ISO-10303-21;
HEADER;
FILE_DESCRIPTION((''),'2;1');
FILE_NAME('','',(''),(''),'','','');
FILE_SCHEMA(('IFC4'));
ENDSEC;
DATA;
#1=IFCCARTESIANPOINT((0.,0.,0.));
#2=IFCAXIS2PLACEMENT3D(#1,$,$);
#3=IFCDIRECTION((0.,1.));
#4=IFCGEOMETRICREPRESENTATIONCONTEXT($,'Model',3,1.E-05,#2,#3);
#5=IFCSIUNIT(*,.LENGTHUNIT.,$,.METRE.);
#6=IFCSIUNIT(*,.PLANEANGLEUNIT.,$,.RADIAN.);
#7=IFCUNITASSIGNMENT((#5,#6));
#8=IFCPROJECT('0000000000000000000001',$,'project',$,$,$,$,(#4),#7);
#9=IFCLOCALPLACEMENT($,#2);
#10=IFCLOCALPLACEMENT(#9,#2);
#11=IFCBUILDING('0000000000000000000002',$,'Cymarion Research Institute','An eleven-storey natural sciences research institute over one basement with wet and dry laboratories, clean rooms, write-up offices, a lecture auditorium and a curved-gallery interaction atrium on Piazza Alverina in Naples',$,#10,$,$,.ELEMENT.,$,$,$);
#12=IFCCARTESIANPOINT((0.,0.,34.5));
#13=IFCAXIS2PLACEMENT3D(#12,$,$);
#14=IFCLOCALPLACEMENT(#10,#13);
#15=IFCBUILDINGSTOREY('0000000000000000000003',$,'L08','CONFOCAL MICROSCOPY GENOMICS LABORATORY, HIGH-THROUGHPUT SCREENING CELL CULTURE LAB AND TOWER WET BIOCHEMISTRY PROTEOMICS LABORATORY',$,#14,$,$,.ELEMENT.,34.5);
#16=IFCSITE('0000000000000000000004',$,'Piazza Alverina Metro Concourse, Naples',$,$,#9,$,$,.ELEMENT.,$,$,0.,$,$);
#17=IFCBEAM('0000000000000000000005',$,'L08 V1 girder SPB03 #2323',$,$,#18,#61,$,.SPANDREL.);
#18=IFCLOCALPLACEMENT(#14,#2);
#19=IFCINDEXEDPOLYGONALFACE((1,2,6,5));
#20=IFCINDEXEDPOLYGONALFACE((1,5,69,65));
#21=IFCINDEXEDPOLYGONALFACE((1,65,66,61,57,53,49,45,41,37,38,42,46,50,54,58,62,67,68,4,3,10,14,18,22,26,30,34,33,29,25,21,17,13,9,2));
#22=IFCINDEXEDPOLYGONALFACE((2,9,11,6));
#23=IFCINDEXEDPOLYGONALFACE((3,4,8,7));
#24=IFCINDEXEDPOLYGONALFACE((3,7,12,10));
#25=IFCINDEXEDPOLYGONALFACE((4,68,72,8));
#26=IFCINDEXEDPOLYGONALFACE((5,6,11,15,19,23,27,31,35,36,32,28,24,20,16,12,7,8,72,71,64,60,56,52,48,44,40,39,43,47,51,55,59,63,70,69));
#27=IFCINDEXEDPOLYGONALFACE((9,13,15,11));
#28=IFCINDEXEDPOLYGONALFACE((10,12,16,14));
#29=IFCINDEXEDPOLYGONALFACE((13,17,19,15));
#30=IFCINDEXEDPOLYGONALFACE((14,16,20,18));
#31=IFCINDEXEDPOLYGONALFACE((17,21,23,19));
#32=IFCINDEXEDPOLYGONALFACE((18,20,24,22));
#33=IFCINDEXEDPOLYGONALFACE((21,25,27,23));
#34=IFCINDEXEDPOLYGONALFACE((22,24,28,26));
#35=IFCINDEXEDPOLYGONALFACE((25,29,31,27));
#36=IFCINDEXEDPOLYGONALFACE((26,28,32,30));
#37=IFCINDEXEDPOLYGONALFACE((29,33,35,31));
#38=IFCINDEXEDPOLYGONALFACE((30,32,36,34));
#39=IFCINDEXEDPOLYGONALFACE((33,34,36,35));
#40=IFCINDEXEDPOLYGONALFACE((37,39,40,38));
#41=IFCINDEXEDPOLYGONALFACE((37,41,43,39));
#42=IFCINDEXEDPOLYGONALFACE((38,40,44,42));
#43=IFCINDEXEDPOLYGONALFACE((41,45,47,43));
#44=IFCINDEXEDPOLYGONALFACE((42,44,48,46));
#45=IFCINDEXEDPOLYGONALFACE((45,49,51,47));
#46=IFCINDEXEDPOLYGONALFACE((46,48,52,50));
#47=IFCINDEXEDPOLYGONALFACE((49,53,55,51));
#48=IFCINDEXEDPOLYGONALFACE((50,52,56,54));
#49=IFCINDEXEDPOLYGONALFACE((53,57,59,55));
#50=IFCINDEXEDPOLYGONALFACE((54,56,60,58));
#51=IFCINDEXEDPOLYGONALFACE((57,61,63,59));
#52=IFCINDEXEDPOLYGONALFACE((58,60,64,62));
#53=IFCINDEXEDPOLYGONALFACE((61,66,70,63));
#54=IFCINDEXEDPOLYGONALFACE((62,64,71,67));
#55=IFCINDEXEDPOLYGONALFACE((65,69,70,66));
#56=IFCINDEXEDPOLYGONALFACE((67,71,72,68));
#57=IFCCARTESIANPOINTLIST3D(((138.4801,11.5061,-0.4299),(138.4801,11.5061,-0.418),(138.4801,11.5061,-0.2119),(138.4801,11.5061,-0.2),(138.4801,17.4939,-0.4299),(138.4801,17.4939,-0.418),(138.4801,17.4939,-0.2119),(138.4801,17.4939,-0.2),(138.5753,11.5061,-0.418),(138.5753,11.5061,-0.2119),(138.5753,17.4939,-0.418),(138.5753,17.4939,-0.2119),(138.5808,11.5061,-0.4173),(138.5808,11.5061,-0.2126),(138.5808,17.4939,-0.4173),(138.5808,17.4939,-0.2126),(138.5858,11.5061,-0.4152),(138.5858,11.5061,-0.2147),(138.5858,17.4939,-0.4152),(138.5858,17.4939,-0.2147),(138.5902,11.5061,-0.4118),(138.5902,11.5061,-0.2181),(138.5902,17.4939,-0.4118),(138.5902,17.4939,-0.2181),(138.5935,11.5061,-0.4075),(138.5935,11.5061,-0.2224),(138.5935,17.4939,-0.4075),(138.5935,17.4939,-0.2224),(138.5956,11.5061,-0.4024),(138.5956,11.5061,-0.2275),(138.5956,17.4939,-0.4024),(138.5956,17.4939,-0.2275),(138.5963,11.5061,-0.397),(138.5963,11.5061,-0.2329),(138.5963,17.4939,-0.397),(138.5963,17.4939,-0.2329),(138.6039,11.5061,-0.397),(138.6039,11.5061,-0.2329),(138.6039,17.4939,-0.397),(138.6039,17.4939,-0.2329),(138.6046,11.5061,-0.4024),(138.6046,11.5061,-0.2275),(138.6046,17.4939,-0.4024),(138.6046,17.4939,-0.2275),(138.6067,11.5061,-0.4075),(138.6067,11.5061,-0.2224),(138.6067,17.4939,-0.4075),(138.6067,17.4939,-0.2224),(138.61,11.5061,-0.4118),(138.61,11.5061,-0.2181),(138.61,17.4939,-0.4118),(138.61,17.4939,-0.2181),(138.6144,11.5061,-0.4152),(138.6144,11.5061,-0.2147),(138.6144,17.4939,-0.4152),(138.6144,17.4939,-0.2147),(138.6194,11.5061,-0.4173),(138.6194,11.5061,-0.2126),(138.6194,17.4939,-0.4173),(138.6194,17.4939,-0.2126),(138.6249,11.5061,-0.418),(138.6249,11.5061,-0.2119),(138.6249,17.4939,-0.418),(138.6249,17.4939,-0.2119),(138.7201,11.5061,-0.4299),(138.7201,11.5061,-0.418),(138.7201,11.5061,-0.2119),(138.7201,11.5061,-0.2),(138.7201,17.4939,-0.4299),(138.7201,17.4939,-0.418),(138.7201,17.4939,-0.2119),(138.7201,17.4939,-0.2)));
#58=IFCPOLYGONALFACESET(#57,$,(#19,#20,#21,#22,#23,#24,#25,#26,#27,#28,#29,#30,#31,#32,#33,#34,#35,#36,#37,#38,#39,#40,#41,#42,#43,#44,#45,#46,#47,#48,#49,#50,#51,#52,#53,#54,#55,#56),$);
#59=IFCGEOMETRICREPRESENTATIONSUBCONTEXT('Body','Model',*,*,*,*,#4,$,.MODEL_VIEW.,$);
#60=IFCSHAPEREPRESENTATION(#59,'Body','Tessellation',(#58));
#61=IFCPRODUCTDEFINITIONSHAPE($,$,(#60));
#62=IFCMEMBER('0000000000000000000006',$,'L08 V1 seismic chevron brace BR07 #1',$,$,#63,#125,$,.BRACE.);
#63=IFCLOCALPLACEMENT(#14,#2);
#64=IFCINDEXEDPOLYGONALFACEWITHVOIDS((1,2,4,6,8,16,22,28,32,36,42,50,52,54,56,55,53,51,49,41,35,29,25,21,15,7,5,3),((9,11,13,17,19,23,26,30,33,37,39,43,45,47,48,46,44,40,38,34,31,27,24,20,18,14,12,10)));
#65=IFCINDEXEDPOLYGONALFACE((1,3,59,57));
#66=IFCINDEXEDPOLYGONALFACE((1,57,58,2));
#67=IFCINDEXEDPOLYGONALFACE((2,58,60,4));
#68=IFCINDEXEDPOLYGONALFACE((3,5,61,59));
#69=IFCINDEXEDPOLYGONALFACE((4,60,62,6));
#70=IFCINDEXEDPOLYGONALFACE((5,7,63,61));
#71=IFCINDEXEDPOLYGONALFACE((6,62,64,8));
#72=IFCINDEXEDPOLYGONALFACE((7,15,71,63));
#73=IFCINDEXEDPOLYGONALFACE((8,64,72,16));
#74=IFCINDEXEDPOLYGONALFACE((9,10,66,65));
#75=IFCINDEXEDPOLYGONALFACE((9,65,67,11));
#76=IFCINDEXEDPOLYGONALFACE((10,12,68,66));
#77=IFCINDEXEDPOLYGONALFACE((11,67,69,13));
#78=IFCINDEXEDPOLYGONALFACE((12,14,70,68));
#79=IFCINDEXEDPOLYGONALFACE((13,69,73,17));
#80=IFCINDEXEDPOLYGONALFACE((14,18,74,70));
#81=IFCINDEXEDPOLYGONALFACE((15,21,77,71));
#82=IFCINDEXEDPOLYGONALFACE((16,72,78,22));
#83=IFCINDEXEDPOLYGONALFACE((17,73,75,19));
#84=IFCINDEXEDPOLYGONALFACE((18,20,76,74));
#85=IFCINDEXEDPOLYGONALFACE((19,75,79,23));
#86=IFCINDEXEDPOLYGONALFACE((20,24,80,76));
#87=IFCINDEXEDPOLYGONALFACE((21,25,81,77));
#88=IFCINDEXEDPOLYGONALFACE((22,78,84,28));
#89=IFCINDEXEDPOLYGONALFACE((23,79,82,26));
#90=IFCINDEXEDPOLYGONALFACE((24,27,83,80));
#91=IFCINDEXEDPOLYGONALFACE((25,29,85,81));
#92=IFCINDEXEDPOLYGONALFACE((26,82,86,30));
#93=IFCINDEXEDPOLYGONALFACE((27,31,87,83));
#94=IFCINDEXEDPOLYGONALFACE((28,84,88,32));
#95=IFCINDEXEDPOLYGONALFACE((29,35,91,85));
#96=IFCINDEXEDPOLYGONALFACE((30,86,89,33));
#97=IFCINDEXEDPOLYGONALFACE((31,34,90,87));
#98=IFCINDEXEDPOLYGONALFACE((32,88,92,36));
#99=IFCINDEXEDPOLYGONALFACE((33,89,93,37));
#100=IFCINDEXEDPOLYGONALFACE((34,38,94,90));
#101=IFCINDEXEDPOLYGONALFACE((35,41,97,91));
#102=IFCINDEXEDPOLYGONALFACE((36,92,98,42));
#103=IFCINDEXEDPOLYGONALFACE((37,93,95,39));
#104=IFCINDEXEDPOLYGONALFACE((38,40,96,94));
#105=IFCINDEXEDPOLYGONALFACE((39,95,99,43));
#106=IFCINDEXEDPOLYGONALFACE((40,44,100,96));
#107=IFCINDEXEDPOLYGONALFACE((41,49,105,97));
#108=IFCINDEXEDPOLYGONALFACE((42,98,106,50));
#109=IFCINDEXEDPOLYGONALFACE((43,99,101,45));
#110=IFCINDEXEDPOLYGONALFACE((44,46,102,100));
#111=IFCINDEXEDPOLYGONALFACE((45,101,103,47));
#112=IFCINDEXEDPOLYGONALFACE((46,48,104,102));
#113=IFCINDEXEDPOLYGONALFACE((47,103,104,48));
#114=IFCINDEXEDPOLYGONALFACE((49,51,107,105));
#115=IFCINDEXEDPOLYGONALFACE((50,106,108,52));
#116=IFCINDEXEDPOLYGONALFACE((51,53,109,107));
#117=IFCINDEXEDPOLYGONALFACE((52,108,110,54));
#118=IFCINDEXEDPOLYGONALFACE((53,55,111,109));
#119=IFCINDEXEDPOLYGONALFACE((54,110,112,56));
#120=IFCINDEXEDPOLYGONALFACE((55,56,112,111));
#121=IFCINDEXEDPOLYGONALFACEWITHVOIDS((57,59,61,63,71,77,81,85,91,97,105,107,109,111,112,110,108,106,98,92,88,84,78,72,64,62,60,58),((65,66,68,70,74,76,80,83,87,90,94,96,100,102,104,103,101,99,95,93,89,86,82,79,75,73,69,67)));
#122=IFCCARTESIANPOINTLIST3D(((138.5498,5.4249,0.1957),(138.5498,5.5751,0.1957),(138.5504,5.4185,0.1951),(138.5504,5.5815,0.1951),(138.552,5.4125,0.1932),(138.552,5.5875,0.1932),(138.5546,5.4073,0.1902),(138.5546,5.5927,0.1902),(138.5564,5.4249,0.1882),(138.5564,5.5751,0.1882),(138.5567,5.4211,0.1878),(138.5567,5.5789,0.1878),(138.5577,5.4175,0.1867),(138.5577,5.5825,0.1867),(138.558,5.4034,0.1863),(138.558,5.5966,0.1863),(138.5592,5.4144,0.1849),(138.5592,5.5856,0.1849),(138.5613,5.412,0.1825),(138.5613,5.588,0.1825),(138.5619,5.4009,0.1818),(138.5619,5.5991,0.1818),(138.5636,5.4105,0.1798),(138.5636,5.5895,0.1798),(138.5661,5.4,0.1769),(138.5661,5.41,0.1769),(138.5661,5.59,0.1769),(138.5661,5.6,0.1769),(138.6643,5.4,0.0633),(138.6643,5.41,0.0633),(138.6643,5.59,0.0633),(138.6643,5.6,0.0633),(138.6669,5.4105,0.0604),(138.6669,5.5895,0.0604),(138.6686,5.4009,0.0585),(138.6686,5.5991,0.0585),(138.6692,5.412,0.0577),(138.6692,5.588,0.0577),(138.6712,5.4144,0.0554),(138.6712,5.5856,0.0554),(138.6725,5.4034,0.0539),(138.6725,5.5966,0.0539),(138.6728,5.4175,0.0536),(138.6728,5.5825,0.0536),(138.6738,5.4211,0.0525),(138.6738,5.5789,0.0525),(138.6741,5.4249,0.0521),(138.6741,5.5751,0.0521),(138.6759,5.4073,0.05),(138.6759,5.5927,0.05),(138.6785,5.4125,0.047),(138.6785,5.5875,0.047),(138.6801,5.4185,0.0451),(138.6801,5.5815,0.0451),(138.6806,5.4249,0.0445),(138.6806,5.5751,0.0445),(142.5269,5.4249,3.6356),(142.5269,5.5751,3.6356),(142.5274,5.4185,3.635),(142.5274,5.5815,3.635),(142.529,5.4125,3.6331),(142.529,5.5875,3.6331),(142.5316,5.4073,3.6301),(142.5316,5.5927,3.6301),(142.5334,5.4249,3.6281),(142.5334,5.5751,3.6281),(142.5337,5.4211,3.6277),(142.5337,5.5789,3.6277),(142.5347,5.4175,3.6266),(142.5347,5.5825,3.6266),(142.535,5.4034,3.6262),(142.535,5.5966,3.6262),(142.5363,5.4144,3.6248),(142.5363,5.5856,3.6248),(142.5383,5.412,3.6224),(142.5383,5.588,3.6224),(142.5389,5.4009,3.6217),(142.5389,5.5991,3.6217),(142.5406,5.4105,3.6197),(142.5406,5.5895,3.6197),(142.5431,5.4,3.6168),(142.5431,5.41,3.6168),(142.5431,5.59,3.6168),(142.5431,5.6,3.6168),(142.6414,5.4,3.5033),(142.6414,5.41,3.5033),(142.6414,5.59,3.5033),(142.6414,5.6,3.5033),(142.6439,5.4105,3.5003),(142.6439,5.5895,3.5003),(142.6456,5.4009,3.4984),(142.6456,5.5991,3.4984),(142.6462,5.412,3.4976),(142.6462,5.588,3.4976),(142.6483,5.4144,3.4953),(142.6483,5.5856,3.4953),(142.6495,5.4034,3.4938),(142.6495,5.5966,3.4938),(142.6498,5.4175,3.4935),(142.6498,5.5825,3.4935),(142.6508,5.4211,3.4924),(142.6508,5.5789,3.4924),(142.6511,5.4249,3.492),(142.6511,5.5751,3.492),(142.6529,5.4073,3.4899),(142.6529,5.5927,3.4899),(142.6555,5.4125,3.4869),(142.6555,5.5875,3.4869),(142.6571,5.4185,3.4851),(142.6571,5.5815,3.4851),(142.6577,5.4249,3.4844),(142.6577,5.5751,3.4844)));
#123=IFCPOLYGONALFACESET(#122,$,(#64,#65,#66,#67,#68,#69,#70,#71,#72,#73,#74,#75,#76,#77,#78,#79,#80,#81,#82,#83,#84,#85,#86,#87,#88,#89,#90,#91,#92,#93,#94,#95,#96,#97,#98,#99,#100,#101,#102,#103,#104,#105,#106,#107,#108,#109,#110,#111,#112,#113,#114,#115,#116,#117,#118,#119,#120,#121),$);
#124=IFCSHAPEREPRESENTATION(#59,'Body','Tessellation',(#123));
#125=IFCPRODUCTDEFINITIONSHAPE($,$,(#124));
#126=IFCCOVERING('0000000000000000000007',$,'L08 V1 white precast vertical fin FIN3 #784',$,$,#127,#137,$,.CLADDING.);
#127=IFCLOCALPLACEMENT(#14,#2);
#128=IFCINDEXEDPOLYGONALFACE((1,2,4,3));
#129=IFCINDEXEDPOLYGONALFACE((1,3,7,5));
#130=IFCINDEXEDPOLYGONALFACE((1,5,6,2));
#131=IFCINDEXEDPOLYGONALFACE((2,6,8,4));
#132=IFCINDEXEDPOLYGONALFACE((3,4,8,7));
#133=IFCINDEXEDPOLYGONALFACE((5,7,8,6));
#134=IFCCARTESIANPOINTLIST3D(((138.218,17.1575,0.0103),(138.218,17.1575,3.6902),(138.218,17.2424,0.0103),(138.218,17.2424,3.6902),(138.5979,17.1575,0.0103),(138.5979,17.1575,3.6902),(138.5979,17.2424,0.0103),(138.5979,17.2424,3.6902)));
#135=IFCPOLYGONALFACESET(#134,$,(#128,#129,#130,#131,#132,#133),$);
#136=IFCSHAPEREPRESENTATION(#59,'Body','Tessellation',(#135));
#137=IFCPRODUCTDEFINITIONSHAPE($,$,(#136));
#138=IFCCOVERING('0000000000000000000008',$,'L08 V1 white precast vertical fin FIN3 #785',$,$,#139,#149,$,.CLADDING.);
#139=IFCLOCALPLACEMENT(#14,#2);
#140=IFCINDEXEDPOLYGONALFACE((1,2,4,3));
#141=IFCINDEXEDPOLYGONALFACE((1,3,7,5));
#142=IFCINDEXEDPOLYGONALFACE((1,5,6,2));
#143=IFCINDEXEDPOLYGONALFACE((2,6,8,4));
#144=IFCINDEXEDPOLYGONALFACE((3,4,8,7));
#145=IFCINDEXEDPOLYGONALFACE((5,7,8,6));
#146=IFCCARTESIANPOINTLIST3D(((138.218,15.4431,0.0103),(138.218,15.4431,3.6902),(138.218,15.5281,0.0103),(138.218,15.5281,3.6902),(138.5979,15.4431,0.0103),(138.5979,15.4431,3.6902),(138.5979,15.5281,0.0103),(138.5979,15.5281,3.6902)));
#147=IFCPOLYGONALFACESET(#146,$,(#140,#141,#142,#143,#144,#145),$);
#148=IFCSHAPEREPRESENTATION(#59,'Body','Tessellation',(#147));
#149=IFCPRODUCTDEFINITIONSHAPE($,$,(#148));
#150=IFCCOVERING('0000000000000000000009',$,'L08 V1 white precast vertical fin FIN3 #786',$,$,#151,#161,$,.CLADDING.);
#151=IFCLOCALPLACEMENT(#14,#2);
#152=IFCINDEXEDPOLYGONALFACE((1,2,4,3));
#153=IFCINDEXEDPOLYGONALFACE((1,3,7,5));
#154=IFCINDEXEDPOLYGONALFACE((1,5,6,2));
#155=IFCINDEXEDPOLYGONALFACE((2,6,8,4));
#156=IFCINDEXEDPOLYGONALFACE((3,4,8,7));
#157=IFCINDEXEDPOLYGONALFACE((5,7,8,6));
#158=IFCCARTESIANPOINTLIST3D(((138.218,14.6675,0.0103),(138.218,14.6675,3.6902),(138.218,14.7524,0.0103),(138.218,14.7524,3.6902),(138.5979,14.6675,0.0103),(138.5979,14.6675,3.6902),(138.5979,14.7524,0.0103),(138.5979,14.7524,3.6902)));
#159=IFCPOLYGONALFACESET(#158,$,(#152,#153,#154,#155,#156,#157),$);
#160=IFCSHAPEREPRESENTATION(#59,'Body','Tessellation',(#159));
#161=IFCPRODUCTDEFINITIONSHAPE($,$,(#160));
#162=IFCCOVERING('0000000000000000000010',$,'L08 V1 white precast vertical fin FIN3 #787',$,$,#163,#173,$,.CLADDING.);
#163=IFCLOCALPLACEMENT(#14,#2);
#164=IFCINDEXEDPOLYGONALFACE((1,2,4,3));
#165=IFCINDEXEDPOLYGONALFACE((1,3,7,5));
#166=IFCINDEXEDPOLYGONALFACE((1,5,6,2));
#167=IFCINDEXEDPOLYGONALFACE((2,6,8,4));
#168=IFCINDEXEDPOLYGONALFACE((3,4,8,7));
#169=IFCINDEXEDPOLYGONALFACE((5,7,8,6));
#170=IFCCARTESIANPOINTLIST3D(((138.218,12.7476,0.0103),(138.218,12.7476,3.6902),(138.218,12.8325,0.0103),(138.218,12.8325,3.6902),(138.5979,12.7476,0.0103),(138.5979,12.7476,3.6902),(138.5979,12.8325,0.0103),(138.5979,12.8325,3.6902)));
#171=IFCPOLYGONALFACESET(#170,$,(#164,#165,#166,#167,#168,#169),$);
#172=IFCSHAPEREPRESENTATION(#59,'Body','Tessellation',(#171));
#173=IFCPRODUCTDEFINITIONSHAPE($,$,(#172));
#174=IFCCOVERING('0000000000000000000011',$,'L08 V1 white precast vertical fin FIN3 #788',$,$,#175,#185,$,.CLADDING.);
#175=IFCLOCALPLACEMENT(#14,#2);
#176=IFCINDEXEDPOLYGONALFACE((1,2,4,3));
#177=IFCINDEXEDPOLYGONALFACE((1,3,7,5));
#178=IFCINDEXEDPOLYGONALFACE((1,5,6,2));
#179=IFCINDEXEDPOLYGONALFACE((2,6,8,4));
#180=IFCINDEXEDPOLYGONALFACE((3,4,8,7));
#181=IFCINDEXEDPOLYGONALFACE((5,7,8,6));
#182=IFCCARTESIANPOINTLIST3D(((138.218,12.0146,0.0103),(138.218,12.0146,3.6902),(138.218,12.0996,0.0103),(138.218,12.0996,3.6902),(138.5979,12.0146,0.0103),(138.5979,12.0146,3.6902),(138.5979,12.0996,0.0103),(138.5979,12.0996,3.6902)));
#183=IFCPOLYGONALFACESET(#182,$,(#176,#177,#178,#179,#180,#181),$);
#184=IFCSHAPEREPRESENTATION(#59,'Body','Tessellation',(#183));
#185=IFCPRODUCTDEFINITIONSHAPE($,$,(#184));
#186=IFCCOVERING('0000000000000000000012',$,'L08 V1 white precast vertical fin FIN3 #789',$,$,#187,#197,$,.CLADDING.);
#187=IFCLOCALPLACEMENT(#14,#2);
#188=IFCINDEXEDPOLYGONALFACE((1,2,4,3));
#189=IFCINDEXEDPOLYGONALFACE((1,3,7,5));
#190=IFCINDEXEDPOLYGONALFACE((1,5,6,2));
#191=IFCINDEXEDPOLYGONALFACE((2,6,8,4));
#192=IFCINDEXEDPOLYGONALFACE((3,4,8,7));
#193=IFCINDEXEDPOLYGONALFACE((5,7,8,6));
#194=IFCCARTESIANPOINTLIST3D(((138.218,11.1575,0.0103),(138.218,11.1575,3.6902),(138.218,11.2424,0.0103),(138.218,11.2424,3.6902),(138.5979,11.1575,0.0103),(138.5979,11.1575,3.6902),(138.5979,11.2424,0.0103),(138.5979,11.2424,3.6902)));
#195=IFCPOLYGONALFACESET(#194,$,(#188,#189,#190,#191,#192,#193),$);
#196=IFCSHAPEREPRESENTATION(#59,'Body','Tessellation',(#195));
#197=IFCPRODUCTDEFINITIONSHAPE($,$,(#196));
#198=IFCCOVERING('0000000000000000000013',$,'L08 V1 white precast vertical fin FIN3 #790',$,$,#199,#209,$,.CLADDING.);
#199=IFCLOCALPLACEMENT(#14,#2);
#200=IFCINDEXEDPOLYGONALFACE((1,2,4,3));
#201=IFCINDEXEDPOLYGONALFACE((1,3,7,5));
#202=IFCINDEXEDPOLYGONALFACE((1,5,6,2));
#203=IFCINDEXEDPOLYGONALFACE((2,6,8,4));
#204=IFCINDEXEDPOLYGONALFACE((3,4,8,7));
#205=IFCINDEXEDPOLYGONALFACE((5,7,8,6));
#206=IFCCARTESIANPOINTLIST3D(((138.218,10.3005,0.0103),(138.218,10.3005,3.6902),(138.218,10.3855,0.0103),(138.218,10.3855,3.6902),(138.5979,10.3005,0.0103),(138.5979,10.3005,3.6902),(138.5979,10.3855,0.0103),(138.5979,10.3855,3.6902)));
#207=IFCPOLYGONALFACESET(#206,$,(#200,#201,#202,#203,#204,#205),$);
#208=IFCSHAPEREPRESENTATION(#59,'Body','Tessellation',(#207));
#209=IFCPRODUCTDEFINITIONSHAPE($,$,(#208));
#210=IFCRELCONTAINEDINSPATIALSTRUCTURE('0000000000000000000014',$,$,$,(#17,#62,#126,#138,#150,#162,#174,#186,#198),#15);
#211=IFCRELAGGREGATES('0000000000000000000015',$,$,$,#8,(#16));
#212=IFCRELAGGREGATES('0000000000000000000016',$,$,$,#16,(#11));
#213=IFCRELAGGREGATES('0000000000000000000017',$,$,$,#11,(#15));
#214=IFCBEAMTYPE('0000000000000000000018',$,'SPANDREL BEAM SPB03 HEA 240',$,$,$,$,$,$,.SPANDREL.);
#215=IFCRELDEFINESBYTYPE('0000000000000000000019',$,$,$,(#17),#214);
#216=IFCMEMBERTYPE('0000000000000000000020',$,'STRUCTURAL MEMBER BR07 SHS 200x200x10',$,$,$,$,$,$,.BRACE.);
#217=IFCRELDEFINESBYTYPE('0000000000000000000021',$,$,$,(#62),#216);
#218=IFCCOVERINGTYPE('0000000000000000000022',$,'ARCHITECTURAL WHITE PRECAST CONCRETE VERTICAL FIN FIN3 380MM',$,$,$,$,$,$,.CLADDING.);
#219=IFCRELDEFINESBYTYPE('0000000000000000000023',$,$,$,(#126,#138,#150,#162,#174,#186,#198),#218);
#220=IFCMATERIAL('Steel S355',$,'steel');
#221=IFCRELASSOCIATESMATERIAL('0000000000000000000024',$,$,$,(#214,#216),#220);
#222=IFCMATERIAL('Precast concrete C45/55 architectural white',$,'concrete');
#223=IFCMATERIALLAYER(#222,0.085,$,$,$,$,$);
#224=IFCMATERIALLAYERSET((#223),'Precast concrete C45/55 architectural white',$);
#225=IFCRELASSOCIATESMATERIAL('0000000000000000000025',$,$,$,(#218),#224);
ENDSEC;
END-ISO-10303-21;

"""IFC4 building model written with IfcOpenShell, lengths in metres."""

from ifc_helpers import new_model, si_unit, direction, frame, origin, origin_2d, place, context, subcontext, project, spatial, rectangle, hollow_rectangle, i_section, extrude, material, layer, layer_set, material_profile, profile_set, type_object, element, save


model = new_model("IFC4")

# Units and contexts
model_context = context("Model", 3, precision=1e-05, world=origin(), true_north=direction((0.0, 1.0)))
body_context = subcontext(model_context, "Body", "Model", "MODEL_VIEW")
ifc_project = project(units=[si_unit("LENGTHUNIT", "METRE"), si_unit("PLANEANGLEUNIT", "RADIAN")], contexts=[model_context])

# Site, building, storey
site_placement = place(None, origin())
site = spatial("IfcSite", under=ifc_project, at=site_placement, Name="Piazza Alverina Metro Concourse, Naples", CompositionType="ELEMENT", RefElevation=0.0)
building_placement = place(site_placement, origin())
building = spatial("IfcBuilding", under=site, at=building_placement, Name="Cymarion Research Institute", Description="An eleven-storey natural sciences research institute over one basement with wet and dry laboratories, clean rooms, write-up offices, a lecture auditorium and a curved-gallery interaction atrium on Piazza Alverina in Naples", CompositionType="ELEMENT")
storey_placement = place(building_placement, frame((0.0, 0.0, 34.5)))
storey = spatial("IfcBuildingStorey", under=building, at=storey_placement, Name="L08", Description="CONFOCAL MICROSCOPY GENOMICS LABORATORY, HIGH-THROUGHPUT SCREENING CELL CULTURE LAB AND TOWER WET BIOCHEMISTRY PROTEOMICS LABORATORY", CompositionType="ELEMENT", Elevation=34.5)

# Shared definitions
ifc_material_1 = material(Name="Steel S355", Category="steel")

# Beam
ifc_material_profile_1 = material_profile(ifc_material_1, i_section(OverallWidth=0.24, OverallDepth=0.23, WebThickness=0.0076, FlangeThickness=0.012, FilletRadius=0.021, at=origin_2d()), Name="HEA 240")
ifc_profile_set_1 = profile_set([ifc_material_profile_1], Name="Steel S355")
beam_type = type_object("IfcBeamType", Name="SPANDREL BEAM SPB03 HEA 240", PredefinedType="SPANDREL", material=ifc_profile_set_1)
for number, where, z_axis, x_axis, name in (
    (1, (138.6001, 11.5061, -0.3149), (0.0, 1.0, 0.0), (-1.0, 0.0, 0.0), "L08 V1 girder SPB03 #2323"),
):
    element("IfcBeam", number, at=place(storey_placement, frame(where, z_axis=z_axis, x_axis=x_axis)), inside=storey, type_object=beam_type, Name=name, PredefinedType="SPANDREL", context=body_context, shape_type="SweptSolid", body=[
        extrude(i_section(OverallWidth=0.24, OverallDepth=0.23, WebThickness=0.0076, FlangeThickness=0.012, FilletRadius=0.021, at=origin_2d()), origin(), (0.0, 0.0, 1.0), 5.9878),
    ])

# Member
ifc_material_profile_2 = material_profile(ifc_material_1, hollow_rectangle(XDim=0.2, YDim=0.2, WallThickness=0.01, InnerFilletRadius=0.0149, OuterFilletRadius=0.0249, at=origin_2d()), Name="SHS 200x200x10")
ifc_profile_set_2 = profile_set([ifc_material_profile_2], Name="Steel S355")
member_type = type_object("IfcMemberType", Name="STRUCTURAL MEMBER BR07 SHS 200x200x10", PredefinedType="BRACE", material=ifc_profile_set_2)
member_placement = place(storey_placement, frame((138.6152, 5.5, 0.1201), z_axis=(0.756332, 0.0, 0.654188), x_axis=(0.0, 1.0, 0.0)))
element("IfcMember", 2, at=member_placement, inside=storey, type_object=member_type, Name="L08 V1 seismic chevron brace BR07 #1", PredefinedType="BRACE", context=body_context, shape_type="SweptSolid", body=[
    extrude(hollow_rectangle(XDim=0.2, YDim=0.2, WallThickness=0.01, InnerFilletRadius=0.0149, OuterFilletRadius=0.0249, at=origin_2d()), origin(), (0.0, 0.0, 1.0), 5.2583),
])

# Coverings
ifc_material_2 = material(Name="Precast concrete C45/55 architectural white", Category="concrete")
ifc_layer = layer(ifc_material_2, 0.085)
ifc_layer_set = layer_set([ifc_layer], Name="Precast concrete C45/55 architectural white")
covering_type = type_object("IfcCoveringType", Name="ARCHITECTURAL WHITE PRECAST CONCRETE VERTICAL FIN FIN3 380MM", PredefinedType="CLADDING", material=ifc_layer_set)
for number, where, z_axis, x_axis, name in (
    (3, (138.408, 17.2, 0.0103), (0.0, 0.0, 1.0), (-1.0, 0.0, 0.0), "L08 V1 white precast vertical fin FIN3 #784"),
    (4, (138.408, 15.4856, 0.0103), (0.0, 0.0, 1.0), (-1.0, 0.0, 0.0), "L08 V1 white precast vertical fin FIN3 #785"),
    (5, (138.408, 14.71, 0.0103), (0.0, 0.0, 1.0), (-1.0, 0.0, 0.0), "L08 V1 white precast vertical fin FIN3 #786"),
    (6, (138.408, 12.79, 0.0103), (0.0, 0.0, 1.0), (-1.0, 0.0, 0.0), "L08 V1 white precast vertical fin FIN3 #787"),
    (7, (138.408, 12.0571, 0.0103), (0.0, 0.0, 1.0), (-1.0, 0.0, 0.0), "L08 V1 white precast vertical fin FIN3 #788"),
    (8, (138.408, 11.2, 0.0103), (0.0, 0.0, 1.0), (-1.0, 0.0, 0.0), "L08 V1 white precast vertical fin FIN3 #789"),
    (9, (138.408, 10.343, 0.0103), (0.0, 0.0, 1.0), (-1.0, 0.0, 0.0), "L08 V1 white precast vertical fin FIN3 #790"),
):
    element("IfcCovering", number, at=place(storey_placement, frame(where, z_axis=z_axis, x_axis=x_axis)), inside=storey, type_object=covering_type, Name=name, PredefinedType="CLADDING", context=body_context, shape_type="SweptSolid", body=[
        extrude(rectangle(XDim=0.3799, YDim=0.085, at=origin_2d()), origin(), (0.0, 0.0, 1.0), 3.6799),
    ])

save(model, "model.ifc")
